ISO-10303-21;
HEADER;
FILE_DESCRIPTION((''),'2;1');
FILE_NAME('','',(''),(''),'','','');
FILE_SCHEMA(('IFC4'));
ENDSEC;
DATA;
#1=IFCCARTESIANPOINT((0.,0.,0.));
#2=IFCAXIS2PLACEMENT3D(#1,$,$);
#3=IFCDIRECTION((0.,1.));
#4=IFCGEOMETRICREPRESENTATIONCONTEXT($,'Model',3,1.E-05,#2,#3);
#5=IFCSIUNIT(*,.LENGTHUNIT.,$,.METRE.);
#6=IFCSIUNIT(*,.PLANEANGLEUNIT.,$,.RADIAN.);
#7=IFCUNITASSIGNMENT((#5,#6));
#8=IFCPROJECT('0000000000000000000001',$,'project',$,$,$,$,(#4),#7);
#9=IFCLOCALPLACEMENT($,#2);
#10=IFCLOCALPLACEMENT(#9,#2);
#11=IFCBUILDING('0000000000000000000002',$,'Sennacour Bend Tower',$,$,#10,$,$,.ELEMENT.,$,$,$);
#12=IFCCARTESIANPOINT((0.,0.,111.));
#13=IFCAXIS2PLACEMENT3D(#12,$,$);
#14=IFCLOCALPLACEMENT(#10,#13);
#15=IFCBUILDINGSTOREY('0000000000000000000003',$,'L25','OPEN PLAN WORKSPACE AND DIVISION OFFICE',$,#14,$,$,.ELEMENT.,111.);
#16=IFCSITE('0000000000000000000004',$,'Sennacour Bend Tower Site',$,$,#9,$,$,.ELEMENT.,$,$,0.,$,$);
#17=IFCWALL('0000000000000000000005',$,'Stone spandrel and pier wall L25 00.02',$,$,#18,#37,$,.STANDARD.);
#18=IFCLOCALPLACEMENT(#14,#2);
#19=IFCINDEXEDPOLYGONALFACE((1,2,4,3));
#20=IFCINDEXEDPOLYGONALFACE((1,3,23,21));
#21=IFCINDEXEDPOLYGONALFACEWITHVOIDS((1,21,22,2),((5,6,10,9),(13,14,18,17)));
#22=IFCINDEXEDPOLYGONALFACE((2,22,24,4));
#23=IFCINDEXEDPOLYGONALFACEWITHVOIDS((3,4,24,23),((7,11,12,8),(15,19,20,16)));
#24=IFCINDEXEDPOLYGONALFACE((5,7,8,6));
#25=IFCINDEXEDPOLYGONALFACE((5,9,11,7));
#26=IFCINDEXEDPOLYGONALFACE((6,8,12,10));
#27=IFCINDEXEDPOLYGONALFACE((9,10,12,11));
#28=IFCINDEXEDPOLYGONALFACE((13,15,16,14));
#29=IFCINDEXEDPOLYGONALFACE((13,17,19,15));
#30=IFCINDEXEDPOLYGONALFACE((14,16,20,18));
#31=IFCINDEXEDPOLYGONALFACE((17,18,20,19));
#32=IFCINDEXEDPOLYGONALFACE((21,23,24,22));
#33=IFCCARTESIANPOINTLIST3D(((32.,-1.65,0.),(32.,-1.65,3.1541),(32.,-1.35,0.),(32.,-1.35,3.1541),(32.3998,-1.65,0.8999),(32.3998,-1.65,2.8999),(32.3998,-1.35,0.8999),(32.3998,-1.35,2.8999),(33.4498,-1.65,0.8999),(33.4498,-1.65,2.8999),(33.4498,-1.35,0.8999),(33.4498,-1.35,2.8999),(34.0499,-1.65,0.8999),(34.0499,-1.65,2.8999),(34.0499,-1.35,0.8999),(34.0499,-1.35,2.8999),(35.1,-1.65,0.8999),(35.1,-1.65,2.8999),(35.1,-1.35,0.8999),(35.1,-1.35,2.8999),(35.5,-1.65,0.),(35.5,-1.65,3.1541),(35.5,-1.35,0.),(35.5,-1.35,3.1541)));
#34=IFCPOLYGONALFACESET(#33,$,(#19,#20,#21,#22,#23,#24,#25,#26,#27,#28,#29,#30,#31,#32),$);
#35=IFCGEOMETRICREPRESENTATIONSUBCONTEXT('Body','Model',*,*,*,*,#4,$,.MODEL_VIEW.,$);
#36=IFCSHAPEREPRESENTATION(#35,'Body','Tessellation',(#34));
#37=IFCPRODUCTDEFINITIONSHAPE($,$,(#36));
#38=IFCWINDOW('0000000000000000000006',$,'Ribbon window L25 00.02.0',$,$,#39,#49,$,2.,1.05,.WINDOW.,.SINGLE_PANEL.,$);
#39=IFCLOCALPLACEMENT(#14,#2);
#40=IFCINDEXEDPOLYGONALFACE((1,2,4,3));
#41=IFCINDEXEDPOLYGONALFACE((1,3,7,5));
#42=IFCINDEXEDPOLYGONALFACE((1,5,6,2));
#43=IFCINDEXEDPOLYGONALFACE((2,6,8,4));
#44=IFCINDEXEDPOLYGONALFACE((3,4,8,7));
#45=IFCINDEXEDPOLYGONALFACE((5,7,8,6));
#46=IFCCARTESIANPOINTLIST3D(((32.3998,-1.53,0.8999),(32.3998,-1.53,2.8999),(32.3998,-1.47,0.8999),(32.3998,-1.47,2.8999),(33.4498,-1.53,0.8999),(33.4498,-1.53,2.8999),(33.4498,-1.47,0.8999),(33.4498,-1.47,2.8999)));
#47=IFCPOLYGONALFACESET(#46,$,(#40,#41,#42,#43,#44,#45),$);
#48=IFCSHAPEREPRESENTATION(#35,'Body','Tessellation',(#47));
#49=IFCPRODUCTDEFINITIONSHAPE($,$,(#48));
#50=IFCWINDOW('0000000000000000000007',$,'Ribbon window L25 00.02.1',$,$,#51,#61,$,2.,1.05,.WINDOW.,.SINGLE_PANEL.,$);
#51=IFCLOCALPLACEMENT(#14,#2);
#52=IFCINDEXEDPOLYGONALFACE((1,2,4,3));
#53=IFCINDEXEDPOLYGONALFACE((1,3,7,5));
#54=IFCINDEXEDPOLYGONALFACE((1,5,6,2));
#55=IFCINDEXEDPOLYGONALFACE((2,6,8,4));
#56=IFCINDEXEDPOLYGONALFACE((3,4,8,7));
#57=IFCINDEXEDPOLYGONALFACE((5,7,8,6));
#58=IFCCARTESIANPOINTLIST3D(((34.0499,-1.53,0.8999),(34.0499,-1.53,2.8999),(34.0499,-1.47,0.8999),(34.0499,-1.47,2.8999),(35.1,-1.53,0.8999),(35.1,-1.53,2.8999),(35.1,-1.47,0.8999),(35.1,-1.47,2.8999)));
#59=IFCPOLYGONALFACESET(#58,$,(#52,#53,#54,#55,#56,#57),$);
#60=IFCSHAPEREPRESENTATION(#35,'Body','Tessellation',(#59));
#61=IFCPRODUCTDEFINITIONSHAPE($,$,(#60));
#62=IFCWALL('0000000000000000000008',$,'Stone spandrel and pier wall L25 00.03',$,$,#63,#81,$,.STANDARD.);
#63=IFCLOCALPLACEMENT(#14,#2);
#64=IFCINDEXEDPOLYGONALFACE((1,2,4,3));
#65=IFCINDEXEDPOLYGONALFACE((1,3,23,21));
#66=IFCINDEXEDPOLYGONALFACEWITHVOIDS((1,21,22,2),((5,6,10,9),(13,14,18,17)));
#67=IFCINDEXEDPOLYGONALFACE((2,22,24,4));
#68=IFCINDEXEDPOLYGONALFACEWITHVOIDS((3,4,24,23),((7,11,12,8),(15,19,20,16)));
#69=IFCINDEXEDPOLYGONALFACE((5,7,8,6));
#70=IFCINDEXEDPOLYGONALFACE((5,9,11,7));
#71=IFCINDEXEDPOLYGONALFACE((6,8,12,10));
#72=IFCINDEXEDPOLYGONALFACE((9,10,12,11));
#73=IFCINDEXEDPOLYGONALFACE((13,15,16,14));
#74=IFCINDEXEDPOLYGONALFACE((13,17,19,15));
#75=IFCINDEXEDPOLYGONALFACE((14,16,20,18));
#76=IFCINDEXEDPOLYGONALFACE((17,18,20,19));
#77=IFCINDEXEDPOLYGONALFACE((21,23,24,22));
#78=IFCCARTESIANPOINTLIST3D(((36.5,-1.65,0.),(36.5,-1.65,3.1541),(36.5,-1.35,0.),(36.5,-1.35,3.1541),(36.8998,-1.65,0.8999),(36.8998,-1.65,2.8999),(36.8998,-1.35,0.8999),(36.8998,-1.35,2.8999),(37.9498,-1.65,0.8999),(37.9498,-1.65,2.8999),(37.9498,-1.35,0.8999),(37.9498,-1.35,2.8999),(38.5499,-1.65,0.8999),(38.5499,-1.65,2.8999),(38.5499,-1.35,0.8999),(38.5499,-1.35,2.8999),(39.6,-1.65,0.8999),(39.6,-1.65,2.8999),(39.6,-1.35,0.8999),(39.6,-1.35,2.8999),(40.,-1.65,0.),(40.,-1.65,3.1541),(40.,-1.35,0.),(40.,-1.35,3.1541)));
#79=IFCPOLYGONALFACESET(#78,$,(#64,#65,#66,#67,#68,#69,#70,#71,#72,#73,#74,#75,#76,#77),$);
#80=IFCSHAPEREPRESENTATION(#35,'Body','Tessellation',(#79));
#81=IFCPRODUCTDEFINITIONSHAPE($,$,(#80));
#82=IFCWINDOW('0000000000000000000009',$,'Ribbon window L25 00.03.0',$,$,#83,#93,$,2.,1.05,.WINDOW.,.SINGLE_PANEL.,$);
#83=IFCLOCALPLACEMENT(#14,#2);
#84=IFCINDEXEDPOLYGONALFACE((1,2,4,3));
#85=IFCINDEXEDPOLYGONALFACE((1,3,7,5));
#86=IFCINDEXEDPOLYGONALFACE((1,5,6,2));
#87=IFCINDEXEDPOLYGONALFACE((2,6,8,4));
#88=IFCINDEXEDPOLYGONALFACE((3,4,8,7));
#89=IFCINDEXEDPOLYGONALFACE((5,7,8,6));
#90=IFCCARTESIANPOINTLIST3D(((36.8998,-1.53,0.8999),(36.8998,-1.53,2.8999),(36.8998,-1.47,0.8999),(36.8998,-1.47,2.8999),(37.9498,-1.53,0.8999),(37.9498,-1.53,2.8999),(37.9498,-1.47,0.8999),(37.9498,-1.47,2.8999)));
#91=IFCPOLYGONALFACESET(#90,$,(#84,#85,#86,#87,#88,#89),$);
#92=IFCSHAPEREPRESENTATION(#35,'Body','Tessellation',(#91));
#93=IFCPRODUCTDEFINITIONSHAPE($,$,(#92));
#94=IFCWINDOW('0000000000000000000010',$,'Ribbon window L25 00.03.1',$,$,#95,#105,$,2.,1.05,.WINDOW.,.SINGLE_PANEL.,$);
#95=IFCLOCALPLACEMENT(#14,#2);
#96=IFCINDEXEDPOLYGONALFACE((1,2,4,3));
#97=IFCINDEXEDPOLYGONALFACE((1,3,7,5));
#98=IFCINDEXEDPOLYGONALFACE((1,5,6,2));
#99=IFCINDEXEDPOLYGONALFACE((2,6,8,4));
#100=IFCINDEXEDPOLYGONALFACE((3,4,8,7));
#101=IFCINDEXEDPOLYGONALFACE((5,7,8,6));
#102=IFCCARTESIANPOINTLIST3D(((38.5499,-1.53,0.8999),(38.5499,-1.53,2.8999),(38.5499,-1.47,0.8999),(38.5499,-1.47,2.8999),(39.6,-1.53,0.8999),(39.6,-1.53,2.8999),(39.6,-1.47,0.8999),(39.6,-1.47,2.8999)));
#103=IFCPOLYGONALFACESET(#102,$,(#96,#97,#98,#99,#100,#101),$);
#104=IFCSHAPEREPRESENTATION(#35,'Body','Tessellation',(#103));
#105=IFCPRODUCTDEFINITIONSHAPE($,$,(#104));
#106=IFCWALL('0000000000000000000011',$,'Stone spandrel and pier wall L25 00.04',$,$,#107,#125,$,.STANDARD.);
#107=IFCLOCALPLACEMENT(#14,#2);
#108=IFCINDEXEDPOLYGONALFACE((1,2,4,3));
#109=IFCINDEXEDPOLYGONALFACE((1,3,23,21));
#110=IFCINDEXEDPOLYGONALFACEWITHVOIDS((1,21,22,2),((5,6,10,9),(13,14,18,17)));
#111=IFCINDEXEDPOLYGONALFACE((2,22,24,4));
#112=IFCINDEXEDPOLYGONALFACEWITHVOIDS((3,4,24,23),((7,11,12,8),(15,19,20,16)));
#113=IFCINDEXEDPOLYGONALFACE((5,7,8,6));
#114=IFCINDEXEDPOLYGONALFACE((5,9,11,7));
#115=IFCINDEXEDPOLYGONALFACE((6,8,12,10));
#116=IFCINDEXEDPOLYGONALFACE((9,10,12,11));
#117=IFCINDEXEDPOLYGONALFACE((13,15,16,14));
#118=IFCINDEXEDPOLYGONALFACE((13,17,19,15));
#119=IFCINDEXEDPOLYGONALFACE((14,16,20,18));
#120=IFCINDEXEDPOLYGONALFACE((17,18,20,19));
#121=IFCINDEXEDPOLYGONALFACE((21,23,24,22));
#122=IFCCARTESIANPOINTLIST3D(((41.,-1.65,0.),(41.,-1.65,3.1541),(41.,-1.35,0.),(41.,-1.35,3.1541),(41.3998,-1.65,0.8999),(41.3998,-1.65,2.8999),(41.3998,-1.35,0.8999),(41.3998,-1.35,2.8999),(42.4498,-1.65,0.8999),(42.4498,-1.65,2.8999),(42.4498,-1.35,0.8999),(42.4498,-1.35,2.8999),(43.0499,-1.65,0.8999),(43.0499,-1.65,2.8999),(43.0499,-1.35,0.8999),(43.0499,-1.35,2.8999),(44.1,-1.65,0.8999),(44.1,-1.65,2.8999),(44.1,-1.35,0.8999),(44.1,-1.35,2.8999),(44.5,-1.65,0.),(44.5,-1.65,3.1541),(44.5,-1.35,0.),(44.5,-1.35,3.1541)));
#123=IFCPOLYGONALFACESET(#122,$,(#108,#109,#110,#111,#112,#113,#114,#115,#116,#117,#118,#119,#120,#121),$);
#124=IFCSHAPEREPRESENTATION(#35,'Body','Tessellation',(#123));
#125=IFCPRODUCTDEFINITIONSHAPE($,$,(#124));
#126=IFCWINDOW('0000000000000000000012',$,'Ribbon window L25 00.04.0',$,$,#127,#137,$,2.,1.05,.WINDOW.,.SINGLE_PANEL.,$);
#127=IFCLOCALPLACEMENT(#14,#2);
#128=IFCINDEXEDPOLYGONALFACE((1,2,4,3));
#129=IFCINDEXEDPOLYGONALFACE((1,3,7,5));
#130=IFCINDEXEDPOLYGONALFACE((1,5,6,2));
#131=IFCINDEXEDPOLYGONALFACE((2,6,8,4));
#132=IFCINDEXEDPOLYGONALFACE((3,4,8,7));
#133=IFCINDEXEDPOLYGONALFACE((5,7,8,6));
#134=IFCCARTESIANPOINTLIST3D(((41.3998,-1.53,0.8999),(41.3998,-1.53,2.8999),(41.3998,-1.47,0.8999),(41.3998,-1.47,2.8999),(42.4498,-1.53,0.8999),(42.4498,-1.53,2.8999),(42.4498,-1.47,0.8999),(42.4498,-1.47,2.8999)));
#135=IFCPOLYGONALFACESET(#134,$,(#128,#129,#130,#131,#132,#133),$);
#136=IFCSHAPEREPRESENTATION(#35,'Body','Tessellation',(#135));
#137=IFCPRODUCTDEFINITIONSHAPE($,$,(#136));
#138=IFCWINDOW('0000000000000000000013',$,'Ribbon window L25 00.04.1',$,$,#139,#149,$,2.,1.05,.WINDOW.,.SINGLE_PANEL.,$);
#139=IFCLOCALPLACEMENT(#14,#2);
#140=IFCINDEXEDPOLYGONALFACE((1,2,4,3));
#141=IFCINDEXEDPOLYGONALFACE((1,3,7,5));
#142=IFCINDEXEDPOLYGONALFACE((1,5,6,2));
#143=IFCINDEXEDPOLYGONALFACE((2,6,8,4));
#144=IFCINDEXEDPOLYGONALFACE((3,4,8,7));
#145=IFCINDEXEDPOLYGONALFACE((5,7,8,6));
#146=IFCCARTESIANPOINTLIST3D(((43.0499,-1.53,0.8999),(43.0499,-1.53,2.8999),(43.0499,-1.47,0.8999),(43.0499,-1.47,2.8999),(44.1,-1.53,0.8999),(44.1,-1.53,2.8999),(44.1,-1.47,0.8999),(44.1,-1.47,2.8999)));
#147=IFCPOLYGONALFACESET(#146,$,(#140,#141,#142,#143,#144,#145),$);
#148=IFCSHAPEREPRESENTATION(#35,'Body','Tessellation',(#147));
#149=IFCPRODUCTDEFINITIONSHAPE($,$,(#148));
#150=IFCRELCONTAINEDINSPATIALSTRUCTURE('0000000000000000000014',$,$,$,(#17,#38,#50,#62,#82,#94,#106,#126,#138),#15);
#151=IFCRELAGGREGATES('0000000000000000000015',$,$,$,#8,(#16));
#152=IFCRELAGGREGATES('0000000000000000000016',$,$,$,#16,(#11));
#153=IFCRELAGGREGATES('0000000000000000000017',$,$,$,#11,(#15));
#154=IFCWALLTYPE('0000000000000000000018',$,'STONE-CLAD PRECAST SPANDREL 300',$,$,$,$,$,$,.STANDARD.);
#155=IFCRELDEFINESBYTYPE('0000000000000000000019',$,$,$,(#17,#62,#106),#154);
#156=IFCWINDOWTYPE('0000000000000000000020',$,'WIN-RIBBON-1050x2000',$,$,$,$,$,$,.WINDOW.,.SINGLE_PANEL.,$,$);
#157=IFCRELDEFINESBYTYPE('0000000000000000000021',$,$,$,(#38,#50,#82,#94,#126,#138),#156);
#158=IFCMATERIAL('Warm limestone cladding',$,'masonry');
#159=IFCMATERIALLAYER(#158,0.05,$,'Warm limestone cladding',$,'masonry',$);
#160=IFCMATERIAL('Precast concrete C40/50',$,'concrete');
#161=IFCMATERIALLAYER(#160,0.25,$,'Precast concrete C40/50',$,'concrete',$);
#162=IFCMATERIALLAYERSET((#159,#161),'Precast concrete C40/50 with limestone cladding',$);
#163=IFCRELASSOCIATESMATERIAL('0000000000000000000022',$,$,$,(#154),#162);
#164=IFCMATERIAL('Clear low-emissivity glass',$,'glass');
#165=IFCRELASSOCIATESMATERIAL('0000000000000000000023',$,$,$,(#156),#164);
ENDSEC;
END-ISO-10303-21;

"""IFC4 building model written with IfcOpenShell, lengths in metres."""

from ifc_helpers import new_model, si_unit, direction, frame, frame_2d, origin, place, context, subcontext, project, spatial, rectangle, extrude, material, layer, layer_set, type_object, element, fill, save


model = new_model("IFC4")

# Units and contexts
model_context = context("Model", 3, precision=1e-05, world=origin(), true_north=direction((0.0, 1.0)))
body_context = subcontext(model_context, "Body", "Model", "MODEL_VIEW")
ifc_project = project(units=[si_unit("LENGTHUNIT", "METRE"), si_unit("PLANEANGLEUNIT", "RADIAN")], contexts=[model_context])

# Site, building, storey
site_placement = place(None, origin())
site = spatial("IfcSite", under=ifc_project, at=site_placement, Name="Sennacour Bend Tower Site", CompositionType="ELEMENT", RefElevation=0.0)
building_placement = place(site_placement, origin())
building = spatial("IfcBuilding", under=site, at=building_placement, Name="Sennacour Bend Tower", CompositionType="ELEMENT")
storey_placement = place(building_placement, frame((0.0, 0.0, 111.0)))
storey = spatial("IfcBuildingStorey", under=building, at=storey_placement, Name="L25", Description="OPEN PLAN WORKSPACE AND DIVISION OFFICE", CompositionType="ELEMENT", Elevation=111.0)

# Walls, openings, windows
ifc_material_1 = material(Name="Warm limestone cladding", Category="masonry")
ifc_layer_1 = layer(ifc_material_1, 0.05, Name="Warm limestone cladding", Category="masonry")
ifc_material_2 = material(Name="Precast concrete C40/50", Category="concrete")
ifc_layer_2 = layer(ifc_material_2, 0.25, Name="Precast concrete C40/50", Category="concrete")
ifc_layer_set_1 = layer_set([ifc_layer_1, ifc_layer_2], Name="Precast concrete C40/50 with limestone cladding")
wall_type_1 = type_object("IfcWallType", Name="STONE-CLAD PRECAST SPANDREL 300", PredefinedType="STANDARD", material=ifc_layer_set_1)
wall_1_placement = place(storey_placement, frame((32.0, -1.5, 0.0), z_axis=(0.0, 0.0, 1.0), x_axis=(1.0, 0.0, 0.0)))
wall_1 = element("IfcWall", 1, at=wall_1_placement, inside=storey, type_object=wall_type_1, Name="Stone spandrel and pier wall L25 00.02", PredefinedType="STANDARD", context=body_context, shape_type="SweptSolid", body=[
    extrude(rectangle(XDim=3.5, YDim=0.3, at=frame_2d((1.75, 0.0))), origin(), (0.0, 0.0, 1.0), 3.1541),
])
opening_1_placement = place(wall_1_placement, frame((0.3999, 0.0, 0.8999)))
opening_1 = element("IfcOpeningElement", 2, at=opening_1_placement, cuts=wall_1, PredefinedType="OPENING", context=body_context, shape_type="SweptSolid", body=[
    extrude(rectangle(XDim=1.05, YDim=2.0, at=frame_2d((0.5249, 1.0))), frame((0.0, 0.1602, 0.0), z_axis=(0.0, -1.0, 0.0), x_axis=(1.0, 0.0, 0.0)), (0.0, 0.0, 1.0), 0.3201),
])
opening_2_placement = place(wall_1_placement, frame((2.05, 0.0, 0.8999)))
opening_2 = element("IfcOpeningElement", 3, at=opening_2_placement, cuts=wall_1, PredefinedType="OPENING", context=body_context, shape_type="SweptSolid", body=[
    extrude(rectangle(XDim=1.05, YDim=2.0, at=frame_2d((0.5249, 1.0))), frame((0.0, 0.1602, 0.0), z_axis=(0.0, -1.0, 0.0), x_axis=(1.0, 0.0, 0.0)), (0.0, 0.0, 1.0), 0.3201),
])
ifc_material_3 = material(Name="Clear low-emissivity glass", Category="glass")
window_type = type_object("IfcWindowType", Name="WIN-RIBBON-1050x2000", PartitioningType="SINGLE_PANEL", PredefinedType="WINDOW", material=ifc_material_3)
window_1_placement = place(opening_1_placement, origin())
window_1 = element("IfcWindow", 4, at=window_1_placement, inside=storey, type_object=window_type, Name="Ribbon window L25 00.02.0", OverallHeight=2.0, OverallWidth=1.05, PartitioningType="SINGLE_PANEL", PredefinedType="WINDOW", context=body_context, shape_type="SweptSolid", body=[
    extrude(rectangle(XDim=1.05, YDim=2.0, at=frame_2d((0.5249, 1.0))), frame((0.0, 0.03, 0.0), z_axis=(0.0, -1.0, 0.0), x_axis=(1.0, 0.0, 0.0)), (0.0, 0.0, 1.0), 0.0601),
])
fill(opening_1, window_1)
window_2_placement = place(opening_2_placement, origin())
window_2 = element("IfcWindow", 5, at=window_2_placement, inside=storey, type_object=window_type, Name="Ribbon window L25 00.02.1", OverallHeight=2.0, OverallWidth=1.05, PartitioningType="SINGLE_PANEL", PredefinedType="WINDOW", context=body_context, shape_type="SweptSolid", body=[
    extrude(rectangle(XDim=1.05, YDim=2.0, at=frame_2d((0.5249, 1.0))), frame((0.0, 0.03, 0.0), z_axis=(0.0, -1.0, 0.0), x_axis=(1.0, 0.0, 0.0)), (0.0, 0.0, 1.0), 0.0601),
])
fill(opening_2, window_2)
wall_2_placement = place(storey_placement, frame((36.5, -1.5, 0.0), z_axis=(0.0, 0.0, 1.0), x_axis=(1.0, 0.0, 0.0)))
wall_2 = element("IfcWall", 6, at=wall_2_placement, inside=storey, type_object=wall_type_1, Name="Stone spandrel and pier wall L25 00.03", PredefinedType="STANDARD", context=body_context, shape_type="SweptSolid", body=[
    extrude(rectangle(XDim=3.5, YDim=0.3, at=frame_2d((1.75, 0.0))), origin(), (0.0, 0.0, 1.0), 3.1541),
])
opening_3_placement = place(wall_2_placement, frame((0.3999, 0.0, 0.8999)))
opening_3 = element("IfcOpeningElement", 7, at=opening_3_placement, cuts=wall_2, PredefinedType="OPENING", context=body_context, shape_type="SweptSolid", body=[
    extrude(rectangle(XDim=1.05, YDim=2.0, at=frame_2d((0.5249, 1.0))), frame((0.0, 0.1602, 0.0), z_axis=(0.0, -1.0, 0.0), x_axis=(1.0, 0.0, 0.0)), (0.0, 0.0, 1.0), 0.3201),
])
opening_4_placement = place(wall_2_placement, frame((2.05, 0.0, 0.8999)))
opening_4 = element("IfcOpeningElement", 8, at=opening_4_placement, cuts=wall_2, PredefinedType="OPENING", context=body_context, shape_type="SweptSolid", body=[
    extrude(rectangle(XDim=1.05, YDim=2.0, at=frame_2d((0.5249, 1.0))), frame((0.0, 0.1602, 0.0), z_axis=(0.0, -1.0, 0.0), x_axis=(1.0, 0.0, 0.0)), (0.0, 0.0, 1.0), 0.3201),
])
window_3_placement = place(opening_3_placement, origin())
window_3 = element("IfcWindow", 9, at=window_3_placement, inside=storey, type_object=window_type, Name="Ribbon window L25 00.03.0", OverallHeight=2.0, OverallWidth=1.05, PartitioningType="SINGLE_PANEL", PredefinedType="WINDOW", context=body_context, shape_type="SweptSolid", body=[
    extrude(rectangle(XDim=1.05, YDim=2.0, at=frame_2d((0.5249, 1.0))), frame((0.0, 0.03, 0.0), z_axis=(0.0, -1.0, 0.0), x_axis=(1.0, 0.0, 0.0)), (0.0, 0.0, 1.0), 0.0601),
])
fill(opening_3, window_3)
window_4_placement = place(opening_4_placement, origin())
window_4 = element("IfcWindow", 10, at=window_4_placement, inside=storey, type_object=window_type, Name="Ribbon window L25 00.03.1", OverallHeight=2.0, OverallWidth=1.05, PartitioningType="SINGLE_PANEL", PredefinedType="WINDOW", context=body_context, shape_type="SweptSolid", body=[
    extrude(rectangle(XDim=1.05, YDim=2.0, at=frame_2d((0.5249, 1.0))), frame((0.0, 0.03, 0.0), z_axis=(0.0, -1.0, 0.0), x_axis=(1.0, 0.0, 0.0)), (0.0, 0.0, 1.0), 0.0601),
])
fill(opening_4, window_4)
wall_3_placement = place(storey_placement, frame((41.0, -1.5, 0.0), z_axis=(0.0, 0.0, 1.0), x_axis=(1.0, 0.0, 0.0)))
wall_3 = element("IfcWall", 11, at=wall_3_placement, inside=storey, type_object=wall_type_1, Name="Stone spandrel and pier wall L25 00.04", PredefinedType="STANDARD", context=body_context, shape_type="SweptSolid", body=[
    extrude(rectangle(XDim=3.5, YDim=0.3, at=frame_2d((1.75, 0.0))), origin(), (0.0, 0.0, 1.0), 3.1541),
])
opening_5_placement = place(wall_3_placement, frame((0.3999, 0.0, 0.8999)))
opening_5 = element("IfcOpeningElement", 12, at=opening_5_placement, cuts=wall_3, PredefinedType="OPENING", context=body_context, shape_type="SweptSolid", body=[
    extrude(rectangle(XDim=1.05, YDim=2.0, at=frame_2d((0.5249, 1.0))), frame((0.0, 0.1602, 0.0), z_axis=(0.0, -1.0, 0.0), x_axis=(1.0, 0.0, 0.0)), (0.0, 0.0, 1.0), 0.3201),
])
opening_6_placement = place(wall_3_placement, frame((2.05, 0.0, 0.8999)))
opening_6 = element("IfcOpeningElement", 13, at=opening_6_placement, cuts=wall_3, PredefinedType="OPENING", context=body_context, shape_type="SweptSolid", body=[
    extrude(rectangle(XDim=1.05, YDim=2.0, at=frame_2d((0.5249, 1.0))), frame((0.0, 0.1602, 0.0), z_axis=(0.0, -1.0, 0.0), x_axis=(1.0, 0.0, 0.0)), (0.0, 0.0, 1.0), 0.3201),
])
window_5_placement = place(opening_5_placement, origin())
window_5 = element("IfcWindow", 14, at=window_5_placement, inside=storey, type_object=window_type, Name="Ribbon window L25 00.04.0", OverallHeight=2.0, OverallWidth=1.05, PartitioningType="SINGLE_PANEL", PredefinedType="WINDOW", context=body_context, shape_type="SweptSolid", body=[
    extrude(rectangle(XDim=1.05, YDim=2.0, at=frame_2d((0.5249, 1.0))), frame((0.0, 0.03, 0.0), z_axis=(0.0, -1.0, 0.0), x_axis=(1.0, 0.0, 0.0)), (0.0, 0.0, 1.0), 0.0601),
])
fill(opening_5, window_5)
window_6_placement = place(opening_6_placement, origin())
window_6 = element("IfcWindow", 15, at=window_6_placement, inside=storey, type_object=window_type, Name="Ribbon window L25 00.04.1", OverallHeight=2.0, OverallWidth=1.05, PartitioningType="SINGLE_PANEL", PredefinedType="WINDOW", context=body_context, shape_type="SweptSolid", body=[
    extrude(rectangle(XDim=1.05, YDim=2.0, at=frame_2d((0.5249, 1.0))), frame((0.0, 0.03, 0.0), z_axis=(0.0, -1.0, 0.0), x_axis=(1.0, 0.0, 0.0)), (0.0, 0.0, 1.0), 0.0601),
])
fill(opening_6, window_6)

save(model, "model.ifc")
